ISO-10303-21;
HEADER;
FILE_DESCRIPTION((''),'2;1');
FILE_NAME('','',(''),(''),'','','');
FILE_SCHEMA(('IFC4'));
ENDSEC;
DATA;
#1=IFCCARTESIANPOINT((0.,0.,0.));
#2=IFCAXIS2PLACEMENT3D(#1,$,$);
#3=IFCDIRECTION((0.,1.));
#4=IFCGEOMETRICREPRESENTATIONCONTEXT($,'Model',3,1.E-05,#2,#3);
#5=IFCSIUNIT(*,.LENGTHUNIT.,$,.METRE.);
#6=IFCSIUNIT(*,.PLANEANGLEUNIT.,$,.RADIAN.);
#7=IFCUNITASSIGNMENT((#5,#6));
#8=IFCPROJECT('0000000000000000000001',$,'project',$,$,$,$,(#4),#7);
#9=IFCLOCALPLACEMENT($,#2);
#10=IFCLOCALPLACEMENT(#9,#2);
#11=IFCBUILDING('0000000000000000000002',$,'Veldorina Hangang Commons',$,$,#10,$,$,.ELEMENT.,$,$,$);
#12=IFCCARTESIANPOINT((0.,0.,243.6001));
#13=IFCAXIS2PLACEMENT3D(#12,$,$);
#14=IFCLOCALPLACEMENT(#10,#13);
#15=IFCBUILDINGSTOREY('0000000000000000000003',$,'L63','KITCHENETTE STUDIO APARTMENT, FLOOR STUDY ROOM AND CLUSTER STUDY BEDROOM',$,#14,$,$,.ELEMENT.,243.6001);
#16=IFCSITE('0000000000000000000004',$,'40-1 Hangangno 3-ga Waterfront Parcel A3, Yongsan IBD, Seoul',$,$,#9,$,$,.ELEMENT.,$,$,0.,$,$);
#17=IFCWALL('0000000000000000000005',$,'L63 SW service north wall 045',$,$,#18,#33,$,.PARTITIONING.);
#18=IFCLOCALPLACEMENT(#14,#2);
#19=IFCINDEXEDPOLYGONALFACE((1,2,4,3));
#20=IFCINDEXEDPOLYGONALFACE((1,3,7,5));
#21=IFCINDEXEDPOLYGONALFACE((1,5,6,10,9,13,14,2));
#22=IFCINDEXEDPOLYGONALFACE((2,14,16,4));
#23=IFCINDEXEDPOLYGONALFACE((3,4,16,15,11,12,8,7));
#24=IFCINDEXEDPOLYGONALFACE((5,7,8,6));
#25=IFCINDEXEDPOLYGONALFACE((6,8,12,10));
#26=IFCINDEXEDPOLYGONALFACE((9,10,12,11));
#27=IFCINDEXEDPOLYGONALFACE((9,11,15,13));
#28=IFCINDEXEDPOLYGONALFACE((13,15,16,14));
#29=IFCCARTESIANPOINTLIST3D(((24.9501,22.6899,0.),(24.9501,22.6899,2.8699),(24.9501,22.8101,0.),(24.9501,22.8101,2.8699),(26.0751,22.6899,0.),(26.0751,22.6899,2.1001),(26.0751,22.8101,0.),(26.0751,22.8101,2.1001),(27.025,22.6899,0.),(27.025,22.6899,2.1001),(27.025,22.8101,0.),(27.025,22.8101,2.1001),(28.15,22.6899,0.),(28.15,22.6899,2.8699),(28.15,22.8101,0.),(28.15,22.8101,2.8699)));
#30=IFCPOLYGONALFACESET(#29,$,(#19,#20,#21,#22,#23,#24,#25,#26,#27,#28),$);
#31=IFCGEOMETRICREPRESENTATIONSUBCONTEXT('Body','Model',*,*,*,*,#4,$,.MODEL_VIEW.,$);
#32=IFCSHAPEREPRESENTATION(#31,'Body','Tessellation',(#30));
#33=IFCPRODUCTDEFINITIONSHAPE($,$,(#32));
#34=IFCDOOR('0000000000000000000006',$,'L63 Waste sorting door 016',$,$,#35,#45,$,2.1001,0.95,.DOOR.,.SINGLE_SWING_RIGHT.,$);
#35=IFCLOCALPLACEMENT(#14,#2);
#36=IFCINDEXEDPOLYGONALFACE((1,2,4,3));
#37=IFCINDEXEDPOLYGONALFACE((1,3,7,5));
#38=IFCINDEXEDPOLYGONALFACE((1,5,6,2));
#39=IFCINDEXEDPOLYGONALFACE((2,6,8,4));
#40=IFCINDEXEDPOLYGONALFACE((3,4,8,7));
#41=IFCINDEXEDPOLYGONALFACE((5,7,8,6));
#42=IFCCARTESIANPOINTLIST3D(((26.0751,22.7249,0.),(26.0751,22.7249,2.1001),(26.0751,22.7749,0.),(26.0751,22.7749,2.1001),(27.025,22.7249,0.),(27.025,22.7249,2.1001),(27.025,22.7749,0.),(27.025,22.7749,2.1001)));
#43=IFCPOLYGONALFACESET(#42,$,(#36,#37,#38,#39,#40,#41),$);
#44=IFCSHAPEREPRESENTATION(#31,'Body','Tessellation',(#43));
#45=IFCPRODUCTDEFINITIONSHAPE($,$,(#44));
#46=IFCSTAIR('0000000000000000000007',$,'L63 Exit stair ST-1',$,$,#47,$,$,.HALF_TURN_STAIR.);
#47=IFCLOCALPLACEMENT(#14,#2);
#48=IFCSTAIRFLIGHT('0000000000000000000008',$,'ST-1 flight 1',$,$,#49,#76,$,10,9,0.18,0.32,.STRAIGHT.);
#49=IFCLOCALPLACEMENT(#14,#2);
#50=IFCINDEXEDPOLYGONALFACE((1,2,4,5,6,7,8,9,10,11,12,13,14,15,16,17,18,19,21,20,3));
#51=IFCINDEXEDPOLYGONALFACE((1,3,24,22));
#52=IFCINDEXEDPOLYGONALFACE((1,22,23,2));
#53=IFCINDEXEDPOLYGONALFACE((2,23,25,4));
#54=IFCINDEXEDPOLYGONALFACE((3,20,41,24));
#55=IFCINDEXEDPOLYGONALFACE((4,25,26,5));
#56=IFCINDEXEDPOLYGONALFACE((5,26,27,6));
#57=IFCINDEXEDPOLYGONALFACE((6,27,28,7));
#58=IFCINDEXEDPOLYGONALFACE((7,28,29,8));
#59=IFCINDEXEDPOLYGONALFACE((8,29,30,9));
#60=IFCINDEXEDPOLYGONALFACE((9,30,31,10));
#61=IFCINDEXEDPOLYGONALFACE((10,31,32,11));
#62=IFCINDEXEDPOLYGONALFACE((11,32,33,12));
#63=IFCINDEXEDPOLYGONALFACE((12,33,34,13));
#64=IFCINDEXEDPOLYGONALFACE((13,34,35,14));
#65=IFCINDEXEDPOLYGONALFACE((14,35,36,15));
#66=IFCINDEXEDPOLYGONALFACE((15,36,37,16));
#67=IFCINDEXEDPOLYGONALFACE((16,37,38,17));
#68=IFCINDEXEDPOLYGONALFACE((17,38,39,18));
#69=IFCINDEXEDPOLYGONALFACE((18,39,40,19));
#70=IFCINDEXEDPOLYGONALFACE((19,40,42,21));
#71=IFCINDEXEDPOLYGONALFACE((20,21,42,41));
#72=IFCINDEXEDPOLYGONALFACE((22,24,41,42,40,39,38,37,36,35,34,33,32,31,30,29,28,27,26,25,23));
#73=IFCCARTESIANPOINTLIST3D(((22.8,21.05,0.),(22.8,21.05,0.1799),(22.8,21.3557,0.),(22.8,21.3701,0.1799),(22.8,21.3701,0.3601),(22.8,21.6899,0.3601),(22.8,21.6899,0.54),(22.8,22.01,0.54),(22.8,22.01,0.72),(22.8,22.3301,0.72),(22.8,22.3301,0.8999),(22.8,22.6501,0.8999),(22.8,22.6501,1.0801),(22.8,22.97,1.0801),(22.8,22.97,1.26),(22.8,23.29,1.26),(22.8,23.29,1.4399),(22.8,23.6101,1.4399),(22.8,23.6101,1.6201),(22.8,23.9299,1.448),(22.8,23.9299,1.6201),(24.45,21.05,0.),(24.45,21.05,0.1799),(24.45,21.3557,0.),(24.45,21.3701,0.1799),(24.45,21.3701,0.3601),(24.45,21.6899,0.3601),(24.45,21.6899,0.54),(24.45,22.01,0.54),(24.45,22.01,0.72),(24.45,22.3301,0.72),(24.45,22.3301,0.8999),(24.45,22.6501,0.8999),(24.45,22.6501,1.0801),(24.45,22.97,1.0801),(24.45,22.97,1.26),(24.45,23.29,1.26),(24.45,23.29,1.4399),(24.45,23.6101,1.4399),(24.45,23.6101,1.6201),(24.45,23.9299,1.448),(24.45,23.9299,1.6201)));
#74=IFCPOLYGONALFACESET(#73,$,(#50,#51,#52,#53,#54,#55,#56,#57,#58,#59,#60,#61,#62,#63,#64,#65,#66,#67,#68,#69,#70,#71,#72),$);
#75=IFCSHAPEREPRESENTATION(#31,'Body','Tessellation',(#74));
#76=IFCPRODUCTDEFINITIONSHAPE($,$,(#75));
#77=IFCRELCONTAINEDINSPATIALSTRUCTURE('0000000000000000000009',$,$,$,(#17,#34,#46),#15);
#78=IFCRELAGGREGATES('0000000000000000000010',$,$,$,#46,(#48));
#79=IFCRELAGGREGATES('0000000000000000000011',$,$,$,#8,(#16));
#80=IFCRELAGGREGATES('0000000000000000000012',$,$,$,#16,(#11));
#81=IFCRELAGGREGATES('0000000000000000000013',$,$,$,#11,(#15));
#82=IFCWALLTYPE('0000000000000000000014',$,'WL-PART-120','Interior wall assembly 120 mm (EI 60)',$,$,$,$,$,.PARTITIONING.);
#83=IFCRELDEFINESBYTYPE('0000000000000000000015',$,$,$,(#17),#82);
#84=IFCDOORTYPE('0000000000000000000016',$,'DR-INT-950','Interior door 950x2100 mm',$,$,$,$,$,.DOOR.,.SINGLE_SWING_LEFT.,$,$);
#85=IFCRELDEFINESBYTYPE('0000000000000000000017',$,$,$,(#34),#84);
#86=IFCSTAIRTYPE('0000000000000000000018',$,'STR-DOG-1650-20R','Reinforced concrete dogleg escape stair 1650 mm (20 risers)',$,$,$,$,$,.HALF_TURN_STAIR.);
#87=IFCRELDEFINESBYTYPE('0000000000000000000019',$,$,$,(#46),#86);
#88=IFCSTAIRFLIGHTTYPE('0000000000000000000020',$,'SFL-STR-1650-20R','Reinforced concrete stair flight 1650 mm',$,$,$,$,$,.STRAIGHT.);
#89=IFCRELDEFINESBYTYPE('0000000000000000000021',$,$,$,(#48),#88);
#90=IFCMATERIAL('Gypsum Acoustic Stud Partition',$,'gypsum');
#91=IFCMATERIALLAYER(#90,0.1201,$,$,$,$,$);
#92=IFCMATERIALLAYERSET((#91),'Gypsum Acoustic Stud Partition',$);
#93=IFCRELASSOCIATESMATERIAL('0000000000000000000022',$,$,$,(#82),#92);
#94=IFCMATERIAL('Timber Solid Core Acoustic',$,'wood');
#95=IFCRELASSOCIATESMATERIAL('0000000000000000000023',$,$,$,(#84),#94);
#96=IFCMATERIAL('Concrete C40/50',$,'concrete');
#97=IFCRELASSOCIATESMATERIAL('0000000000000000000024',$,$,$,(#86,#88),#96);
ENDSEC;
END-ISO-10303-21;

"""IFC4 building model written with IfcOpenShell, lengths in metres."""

from ifc_helpers import new_model, si_unit, direction, frame, frame_2d, origin, place, context, subcontext, project, spatial, polyline, rectangle, outline, extrude, material, layer, layer_set, type_object, element, fill, aggregate, save


model = new_model("IFC4")

# Units and contexts
model_context = context("Model", 3, precision=1e-05, world=origin(), true_north=direction((0.0, 1.0)))
body_context = subcontext(model_context, "Body", "Model", "MODEL_VIEW")
ifc_project = project(units=[si_unit("LENGTHUNIT", "METRE"), si_unit("PLANEANGLEUNIT", "RADIAN")], contexts=[model_context])

# Site, building, storey
site_placement = place(None, origin())
site = spatial("IfcSite", under=ifc_project, at=site_placement, Name="40-1 Hangangno 3-ga Waterfront Parcel A3, Yongsan IBD, Seoul", CompositionType="ELEMENT", RefElevation=0.0)
building_placement = place(site_placement, origin())
building = spatial("IfcBuilding", under=site, at=building_placement, Name="Veldorina Hangang Commons", CompositionType="ELEMENT")
storey_placement = place(building_placement, frame((0.0, 0.0, 243.6001)))
storey = spatial("IfcBuildingStorey", under=building, at=storey_placement, Name="L63", Description="KITCHENETTE STUDIO APARTMENT, FLOOR STUDY ROOM AND CLUSTER STUDY BEDROOM", CompositionType="ELEMENT", Elevation=243.6001)

# Shared definitions
ifc_material_1 = material(Name="Gypsum Acoustic Stud Partition", Category="gypsum")
ifc_layer_1 = layer(ifc_material_1, 0.1201)
ifc_layer_set_1 = layer_set([ifc_layer_1], Name="Gypsum Acoustic Stud Partition")
wall_type_1 = type_object("IfcWallType", Name="WL-PART-120", Description="Interior wall assembly 120 mm (EI 60)", PredefinedType="PARTITIONING", material=ifc_layer_set_1)
ifc_material_2 = material(Name="Timber Solid Core Acoustic", Category="wood")
door_type_1 = type_object("IfcDoorType", Name="DR-INT-950", Description="Interior door 950x2100 mm", OperationType="SINGLE_SWING_LEFT", PredefinedType="DOOR", material=ifc_material_2)

# Wall, opening, door
wall_1_placement = place(storey_placement, frame((24.95, 22.75, 0.0), z_axis=(0.0, 0.0, 1.0), x_axis=(1.0, 0.0, 0.0)))
wall_1 = element("IfcWall", 1, at=wall_1_placement, inside=storey, type_object=wall_type_1, Name="L63 SW service north wall 045", PredefinedType="PARTITIONING", context=body_context, shape_type="SweptSolid", body=[
    extrude(rectangle(XDim=3.2, YDim=0.1201, at=frame_2d((1.6001, 0.0))), origin(), (0.0, 0.0, 1.0), 2.8699),
])
opening_1_placement = place(wall_1_placement, frame((1.125, 0.0, 0.0)))
opening_1 = element("IfcOpeningElement", 2, at=opening_1_placement, cuts=wall_1, PredefinedType="OPENING", context=body_context, shape_type="SweptSolid", body=[
    extrude(rectangle(XDim=0.95, YDim=2.1001, at=frame_2d((0.4751, 1.05))), frame((0.0, 0.0701, 0.0), z_axis=(0.0, -1.0, 0.0), x_axis=(1.0, 0.0, 0.0)), (0.0, 0.0, 1.0), 0.1401),
])
door_1_placement = place(opening_1_placement, origin())
door_1 = element("IfcDoor", 3, at=door_1_placement, inside=storey, type_object=door_type_1, Name="L63 Waste sorting door 016", OperationType="SINGLE_SWING_RIGHT", OverallHeight=2.1001, OverallWidth=0.95, PredefinedType="DOOR", context=body_context, shape_type="SweptSolid", body=[
    extrude(rectangle(XDim=0.95, YDim=2.1001, at=frame_2d((0.4751, 1.05))), frame((0.0, 0.0249, 0.0), z_axis=(0.0, -1.0, 0.0), x_axis=(1.0, 0.0, 0.0)), (0.0, 0.0, 1.0), 0.05),
])
fill(opening_1, door_1)

# Stair, stair flight
ifc_material_3 = material(Name="Concrete C40/50", Category="concrete")
stair_type = type_object("IfcStairType", Name="STR-DOG-1650-20R", Description="Reinforced concrete dogleg escape stair 1650 mm (20 risers)", PredefinedType="HALF_TURN_STAIR", material=ifc_material_3)
stair_placement = place(storey_placement, origin())
stair = element("IfcStair", 4, at=stair_placement, inside=storey, type_object=stair_type, Name="L63 Exit stair ST-1", PredefinedType="HALF_TURN_STAIR")
stair_flight_type = type_object("IfcStairFlightType", Name="SFL-STR-1650-20R", Description="Reinforced concrete stair flight 1650 mm", PredefinedType="STRAIGHT", material=ifc_material_3)
stair_flight_placement = place(storey_placement, frame((23.625, 21.05, 0.0), z_axis=(0.0, 0.0, 1.0), x_axis=(0.0, 1.0, 0.0)))
stair_flight = element("IfcStairFlight", 5, at=stair_flight_placement, type_object=stair_flight_type, Name="ST-1 flight 1", NumberOfRisers=10, NumberOfTreads=9, PredefinedType="STRAIGHT", RiserHeight=0.18, TreadLength=0.32, context=body_context, shape_type="SweptSolid", body=[
    extrude(outline(polyline([(0.0, 0.0), (0.0, 0.1799), (0.3201, 0.1799), (0.3201, 0.3601), (0.6399, 0.3601), (0.6399, 0.54), (0.96, 0.54), (0.96, 0.72), (1.28, 0.72), (1.28, 0.8999), (1.6001, 0.8999), (1.6001, 1.0801), (1.9199, 1.0801), (1.9199, 1.26), (2.24, 1.26), (2.24, 1.4399), (2.5601, 1.4399), (2.5601, 1.6201), (2.8799, 1.6201), (2.8799, 1.8), (2.8799, 1.448), (0.3057, 0.0), (0.0, 0.0)])), frame((0.0, 0.825, 0.0), z_axis=(0.0, -1.0, 0.0), x_axis=(1.0, 0.0, 0.0)), (0.0, 0.0, 1.0), 1.6499),
])
aggregate(stair, [stair_flight])

save(model, "model.ifc")
